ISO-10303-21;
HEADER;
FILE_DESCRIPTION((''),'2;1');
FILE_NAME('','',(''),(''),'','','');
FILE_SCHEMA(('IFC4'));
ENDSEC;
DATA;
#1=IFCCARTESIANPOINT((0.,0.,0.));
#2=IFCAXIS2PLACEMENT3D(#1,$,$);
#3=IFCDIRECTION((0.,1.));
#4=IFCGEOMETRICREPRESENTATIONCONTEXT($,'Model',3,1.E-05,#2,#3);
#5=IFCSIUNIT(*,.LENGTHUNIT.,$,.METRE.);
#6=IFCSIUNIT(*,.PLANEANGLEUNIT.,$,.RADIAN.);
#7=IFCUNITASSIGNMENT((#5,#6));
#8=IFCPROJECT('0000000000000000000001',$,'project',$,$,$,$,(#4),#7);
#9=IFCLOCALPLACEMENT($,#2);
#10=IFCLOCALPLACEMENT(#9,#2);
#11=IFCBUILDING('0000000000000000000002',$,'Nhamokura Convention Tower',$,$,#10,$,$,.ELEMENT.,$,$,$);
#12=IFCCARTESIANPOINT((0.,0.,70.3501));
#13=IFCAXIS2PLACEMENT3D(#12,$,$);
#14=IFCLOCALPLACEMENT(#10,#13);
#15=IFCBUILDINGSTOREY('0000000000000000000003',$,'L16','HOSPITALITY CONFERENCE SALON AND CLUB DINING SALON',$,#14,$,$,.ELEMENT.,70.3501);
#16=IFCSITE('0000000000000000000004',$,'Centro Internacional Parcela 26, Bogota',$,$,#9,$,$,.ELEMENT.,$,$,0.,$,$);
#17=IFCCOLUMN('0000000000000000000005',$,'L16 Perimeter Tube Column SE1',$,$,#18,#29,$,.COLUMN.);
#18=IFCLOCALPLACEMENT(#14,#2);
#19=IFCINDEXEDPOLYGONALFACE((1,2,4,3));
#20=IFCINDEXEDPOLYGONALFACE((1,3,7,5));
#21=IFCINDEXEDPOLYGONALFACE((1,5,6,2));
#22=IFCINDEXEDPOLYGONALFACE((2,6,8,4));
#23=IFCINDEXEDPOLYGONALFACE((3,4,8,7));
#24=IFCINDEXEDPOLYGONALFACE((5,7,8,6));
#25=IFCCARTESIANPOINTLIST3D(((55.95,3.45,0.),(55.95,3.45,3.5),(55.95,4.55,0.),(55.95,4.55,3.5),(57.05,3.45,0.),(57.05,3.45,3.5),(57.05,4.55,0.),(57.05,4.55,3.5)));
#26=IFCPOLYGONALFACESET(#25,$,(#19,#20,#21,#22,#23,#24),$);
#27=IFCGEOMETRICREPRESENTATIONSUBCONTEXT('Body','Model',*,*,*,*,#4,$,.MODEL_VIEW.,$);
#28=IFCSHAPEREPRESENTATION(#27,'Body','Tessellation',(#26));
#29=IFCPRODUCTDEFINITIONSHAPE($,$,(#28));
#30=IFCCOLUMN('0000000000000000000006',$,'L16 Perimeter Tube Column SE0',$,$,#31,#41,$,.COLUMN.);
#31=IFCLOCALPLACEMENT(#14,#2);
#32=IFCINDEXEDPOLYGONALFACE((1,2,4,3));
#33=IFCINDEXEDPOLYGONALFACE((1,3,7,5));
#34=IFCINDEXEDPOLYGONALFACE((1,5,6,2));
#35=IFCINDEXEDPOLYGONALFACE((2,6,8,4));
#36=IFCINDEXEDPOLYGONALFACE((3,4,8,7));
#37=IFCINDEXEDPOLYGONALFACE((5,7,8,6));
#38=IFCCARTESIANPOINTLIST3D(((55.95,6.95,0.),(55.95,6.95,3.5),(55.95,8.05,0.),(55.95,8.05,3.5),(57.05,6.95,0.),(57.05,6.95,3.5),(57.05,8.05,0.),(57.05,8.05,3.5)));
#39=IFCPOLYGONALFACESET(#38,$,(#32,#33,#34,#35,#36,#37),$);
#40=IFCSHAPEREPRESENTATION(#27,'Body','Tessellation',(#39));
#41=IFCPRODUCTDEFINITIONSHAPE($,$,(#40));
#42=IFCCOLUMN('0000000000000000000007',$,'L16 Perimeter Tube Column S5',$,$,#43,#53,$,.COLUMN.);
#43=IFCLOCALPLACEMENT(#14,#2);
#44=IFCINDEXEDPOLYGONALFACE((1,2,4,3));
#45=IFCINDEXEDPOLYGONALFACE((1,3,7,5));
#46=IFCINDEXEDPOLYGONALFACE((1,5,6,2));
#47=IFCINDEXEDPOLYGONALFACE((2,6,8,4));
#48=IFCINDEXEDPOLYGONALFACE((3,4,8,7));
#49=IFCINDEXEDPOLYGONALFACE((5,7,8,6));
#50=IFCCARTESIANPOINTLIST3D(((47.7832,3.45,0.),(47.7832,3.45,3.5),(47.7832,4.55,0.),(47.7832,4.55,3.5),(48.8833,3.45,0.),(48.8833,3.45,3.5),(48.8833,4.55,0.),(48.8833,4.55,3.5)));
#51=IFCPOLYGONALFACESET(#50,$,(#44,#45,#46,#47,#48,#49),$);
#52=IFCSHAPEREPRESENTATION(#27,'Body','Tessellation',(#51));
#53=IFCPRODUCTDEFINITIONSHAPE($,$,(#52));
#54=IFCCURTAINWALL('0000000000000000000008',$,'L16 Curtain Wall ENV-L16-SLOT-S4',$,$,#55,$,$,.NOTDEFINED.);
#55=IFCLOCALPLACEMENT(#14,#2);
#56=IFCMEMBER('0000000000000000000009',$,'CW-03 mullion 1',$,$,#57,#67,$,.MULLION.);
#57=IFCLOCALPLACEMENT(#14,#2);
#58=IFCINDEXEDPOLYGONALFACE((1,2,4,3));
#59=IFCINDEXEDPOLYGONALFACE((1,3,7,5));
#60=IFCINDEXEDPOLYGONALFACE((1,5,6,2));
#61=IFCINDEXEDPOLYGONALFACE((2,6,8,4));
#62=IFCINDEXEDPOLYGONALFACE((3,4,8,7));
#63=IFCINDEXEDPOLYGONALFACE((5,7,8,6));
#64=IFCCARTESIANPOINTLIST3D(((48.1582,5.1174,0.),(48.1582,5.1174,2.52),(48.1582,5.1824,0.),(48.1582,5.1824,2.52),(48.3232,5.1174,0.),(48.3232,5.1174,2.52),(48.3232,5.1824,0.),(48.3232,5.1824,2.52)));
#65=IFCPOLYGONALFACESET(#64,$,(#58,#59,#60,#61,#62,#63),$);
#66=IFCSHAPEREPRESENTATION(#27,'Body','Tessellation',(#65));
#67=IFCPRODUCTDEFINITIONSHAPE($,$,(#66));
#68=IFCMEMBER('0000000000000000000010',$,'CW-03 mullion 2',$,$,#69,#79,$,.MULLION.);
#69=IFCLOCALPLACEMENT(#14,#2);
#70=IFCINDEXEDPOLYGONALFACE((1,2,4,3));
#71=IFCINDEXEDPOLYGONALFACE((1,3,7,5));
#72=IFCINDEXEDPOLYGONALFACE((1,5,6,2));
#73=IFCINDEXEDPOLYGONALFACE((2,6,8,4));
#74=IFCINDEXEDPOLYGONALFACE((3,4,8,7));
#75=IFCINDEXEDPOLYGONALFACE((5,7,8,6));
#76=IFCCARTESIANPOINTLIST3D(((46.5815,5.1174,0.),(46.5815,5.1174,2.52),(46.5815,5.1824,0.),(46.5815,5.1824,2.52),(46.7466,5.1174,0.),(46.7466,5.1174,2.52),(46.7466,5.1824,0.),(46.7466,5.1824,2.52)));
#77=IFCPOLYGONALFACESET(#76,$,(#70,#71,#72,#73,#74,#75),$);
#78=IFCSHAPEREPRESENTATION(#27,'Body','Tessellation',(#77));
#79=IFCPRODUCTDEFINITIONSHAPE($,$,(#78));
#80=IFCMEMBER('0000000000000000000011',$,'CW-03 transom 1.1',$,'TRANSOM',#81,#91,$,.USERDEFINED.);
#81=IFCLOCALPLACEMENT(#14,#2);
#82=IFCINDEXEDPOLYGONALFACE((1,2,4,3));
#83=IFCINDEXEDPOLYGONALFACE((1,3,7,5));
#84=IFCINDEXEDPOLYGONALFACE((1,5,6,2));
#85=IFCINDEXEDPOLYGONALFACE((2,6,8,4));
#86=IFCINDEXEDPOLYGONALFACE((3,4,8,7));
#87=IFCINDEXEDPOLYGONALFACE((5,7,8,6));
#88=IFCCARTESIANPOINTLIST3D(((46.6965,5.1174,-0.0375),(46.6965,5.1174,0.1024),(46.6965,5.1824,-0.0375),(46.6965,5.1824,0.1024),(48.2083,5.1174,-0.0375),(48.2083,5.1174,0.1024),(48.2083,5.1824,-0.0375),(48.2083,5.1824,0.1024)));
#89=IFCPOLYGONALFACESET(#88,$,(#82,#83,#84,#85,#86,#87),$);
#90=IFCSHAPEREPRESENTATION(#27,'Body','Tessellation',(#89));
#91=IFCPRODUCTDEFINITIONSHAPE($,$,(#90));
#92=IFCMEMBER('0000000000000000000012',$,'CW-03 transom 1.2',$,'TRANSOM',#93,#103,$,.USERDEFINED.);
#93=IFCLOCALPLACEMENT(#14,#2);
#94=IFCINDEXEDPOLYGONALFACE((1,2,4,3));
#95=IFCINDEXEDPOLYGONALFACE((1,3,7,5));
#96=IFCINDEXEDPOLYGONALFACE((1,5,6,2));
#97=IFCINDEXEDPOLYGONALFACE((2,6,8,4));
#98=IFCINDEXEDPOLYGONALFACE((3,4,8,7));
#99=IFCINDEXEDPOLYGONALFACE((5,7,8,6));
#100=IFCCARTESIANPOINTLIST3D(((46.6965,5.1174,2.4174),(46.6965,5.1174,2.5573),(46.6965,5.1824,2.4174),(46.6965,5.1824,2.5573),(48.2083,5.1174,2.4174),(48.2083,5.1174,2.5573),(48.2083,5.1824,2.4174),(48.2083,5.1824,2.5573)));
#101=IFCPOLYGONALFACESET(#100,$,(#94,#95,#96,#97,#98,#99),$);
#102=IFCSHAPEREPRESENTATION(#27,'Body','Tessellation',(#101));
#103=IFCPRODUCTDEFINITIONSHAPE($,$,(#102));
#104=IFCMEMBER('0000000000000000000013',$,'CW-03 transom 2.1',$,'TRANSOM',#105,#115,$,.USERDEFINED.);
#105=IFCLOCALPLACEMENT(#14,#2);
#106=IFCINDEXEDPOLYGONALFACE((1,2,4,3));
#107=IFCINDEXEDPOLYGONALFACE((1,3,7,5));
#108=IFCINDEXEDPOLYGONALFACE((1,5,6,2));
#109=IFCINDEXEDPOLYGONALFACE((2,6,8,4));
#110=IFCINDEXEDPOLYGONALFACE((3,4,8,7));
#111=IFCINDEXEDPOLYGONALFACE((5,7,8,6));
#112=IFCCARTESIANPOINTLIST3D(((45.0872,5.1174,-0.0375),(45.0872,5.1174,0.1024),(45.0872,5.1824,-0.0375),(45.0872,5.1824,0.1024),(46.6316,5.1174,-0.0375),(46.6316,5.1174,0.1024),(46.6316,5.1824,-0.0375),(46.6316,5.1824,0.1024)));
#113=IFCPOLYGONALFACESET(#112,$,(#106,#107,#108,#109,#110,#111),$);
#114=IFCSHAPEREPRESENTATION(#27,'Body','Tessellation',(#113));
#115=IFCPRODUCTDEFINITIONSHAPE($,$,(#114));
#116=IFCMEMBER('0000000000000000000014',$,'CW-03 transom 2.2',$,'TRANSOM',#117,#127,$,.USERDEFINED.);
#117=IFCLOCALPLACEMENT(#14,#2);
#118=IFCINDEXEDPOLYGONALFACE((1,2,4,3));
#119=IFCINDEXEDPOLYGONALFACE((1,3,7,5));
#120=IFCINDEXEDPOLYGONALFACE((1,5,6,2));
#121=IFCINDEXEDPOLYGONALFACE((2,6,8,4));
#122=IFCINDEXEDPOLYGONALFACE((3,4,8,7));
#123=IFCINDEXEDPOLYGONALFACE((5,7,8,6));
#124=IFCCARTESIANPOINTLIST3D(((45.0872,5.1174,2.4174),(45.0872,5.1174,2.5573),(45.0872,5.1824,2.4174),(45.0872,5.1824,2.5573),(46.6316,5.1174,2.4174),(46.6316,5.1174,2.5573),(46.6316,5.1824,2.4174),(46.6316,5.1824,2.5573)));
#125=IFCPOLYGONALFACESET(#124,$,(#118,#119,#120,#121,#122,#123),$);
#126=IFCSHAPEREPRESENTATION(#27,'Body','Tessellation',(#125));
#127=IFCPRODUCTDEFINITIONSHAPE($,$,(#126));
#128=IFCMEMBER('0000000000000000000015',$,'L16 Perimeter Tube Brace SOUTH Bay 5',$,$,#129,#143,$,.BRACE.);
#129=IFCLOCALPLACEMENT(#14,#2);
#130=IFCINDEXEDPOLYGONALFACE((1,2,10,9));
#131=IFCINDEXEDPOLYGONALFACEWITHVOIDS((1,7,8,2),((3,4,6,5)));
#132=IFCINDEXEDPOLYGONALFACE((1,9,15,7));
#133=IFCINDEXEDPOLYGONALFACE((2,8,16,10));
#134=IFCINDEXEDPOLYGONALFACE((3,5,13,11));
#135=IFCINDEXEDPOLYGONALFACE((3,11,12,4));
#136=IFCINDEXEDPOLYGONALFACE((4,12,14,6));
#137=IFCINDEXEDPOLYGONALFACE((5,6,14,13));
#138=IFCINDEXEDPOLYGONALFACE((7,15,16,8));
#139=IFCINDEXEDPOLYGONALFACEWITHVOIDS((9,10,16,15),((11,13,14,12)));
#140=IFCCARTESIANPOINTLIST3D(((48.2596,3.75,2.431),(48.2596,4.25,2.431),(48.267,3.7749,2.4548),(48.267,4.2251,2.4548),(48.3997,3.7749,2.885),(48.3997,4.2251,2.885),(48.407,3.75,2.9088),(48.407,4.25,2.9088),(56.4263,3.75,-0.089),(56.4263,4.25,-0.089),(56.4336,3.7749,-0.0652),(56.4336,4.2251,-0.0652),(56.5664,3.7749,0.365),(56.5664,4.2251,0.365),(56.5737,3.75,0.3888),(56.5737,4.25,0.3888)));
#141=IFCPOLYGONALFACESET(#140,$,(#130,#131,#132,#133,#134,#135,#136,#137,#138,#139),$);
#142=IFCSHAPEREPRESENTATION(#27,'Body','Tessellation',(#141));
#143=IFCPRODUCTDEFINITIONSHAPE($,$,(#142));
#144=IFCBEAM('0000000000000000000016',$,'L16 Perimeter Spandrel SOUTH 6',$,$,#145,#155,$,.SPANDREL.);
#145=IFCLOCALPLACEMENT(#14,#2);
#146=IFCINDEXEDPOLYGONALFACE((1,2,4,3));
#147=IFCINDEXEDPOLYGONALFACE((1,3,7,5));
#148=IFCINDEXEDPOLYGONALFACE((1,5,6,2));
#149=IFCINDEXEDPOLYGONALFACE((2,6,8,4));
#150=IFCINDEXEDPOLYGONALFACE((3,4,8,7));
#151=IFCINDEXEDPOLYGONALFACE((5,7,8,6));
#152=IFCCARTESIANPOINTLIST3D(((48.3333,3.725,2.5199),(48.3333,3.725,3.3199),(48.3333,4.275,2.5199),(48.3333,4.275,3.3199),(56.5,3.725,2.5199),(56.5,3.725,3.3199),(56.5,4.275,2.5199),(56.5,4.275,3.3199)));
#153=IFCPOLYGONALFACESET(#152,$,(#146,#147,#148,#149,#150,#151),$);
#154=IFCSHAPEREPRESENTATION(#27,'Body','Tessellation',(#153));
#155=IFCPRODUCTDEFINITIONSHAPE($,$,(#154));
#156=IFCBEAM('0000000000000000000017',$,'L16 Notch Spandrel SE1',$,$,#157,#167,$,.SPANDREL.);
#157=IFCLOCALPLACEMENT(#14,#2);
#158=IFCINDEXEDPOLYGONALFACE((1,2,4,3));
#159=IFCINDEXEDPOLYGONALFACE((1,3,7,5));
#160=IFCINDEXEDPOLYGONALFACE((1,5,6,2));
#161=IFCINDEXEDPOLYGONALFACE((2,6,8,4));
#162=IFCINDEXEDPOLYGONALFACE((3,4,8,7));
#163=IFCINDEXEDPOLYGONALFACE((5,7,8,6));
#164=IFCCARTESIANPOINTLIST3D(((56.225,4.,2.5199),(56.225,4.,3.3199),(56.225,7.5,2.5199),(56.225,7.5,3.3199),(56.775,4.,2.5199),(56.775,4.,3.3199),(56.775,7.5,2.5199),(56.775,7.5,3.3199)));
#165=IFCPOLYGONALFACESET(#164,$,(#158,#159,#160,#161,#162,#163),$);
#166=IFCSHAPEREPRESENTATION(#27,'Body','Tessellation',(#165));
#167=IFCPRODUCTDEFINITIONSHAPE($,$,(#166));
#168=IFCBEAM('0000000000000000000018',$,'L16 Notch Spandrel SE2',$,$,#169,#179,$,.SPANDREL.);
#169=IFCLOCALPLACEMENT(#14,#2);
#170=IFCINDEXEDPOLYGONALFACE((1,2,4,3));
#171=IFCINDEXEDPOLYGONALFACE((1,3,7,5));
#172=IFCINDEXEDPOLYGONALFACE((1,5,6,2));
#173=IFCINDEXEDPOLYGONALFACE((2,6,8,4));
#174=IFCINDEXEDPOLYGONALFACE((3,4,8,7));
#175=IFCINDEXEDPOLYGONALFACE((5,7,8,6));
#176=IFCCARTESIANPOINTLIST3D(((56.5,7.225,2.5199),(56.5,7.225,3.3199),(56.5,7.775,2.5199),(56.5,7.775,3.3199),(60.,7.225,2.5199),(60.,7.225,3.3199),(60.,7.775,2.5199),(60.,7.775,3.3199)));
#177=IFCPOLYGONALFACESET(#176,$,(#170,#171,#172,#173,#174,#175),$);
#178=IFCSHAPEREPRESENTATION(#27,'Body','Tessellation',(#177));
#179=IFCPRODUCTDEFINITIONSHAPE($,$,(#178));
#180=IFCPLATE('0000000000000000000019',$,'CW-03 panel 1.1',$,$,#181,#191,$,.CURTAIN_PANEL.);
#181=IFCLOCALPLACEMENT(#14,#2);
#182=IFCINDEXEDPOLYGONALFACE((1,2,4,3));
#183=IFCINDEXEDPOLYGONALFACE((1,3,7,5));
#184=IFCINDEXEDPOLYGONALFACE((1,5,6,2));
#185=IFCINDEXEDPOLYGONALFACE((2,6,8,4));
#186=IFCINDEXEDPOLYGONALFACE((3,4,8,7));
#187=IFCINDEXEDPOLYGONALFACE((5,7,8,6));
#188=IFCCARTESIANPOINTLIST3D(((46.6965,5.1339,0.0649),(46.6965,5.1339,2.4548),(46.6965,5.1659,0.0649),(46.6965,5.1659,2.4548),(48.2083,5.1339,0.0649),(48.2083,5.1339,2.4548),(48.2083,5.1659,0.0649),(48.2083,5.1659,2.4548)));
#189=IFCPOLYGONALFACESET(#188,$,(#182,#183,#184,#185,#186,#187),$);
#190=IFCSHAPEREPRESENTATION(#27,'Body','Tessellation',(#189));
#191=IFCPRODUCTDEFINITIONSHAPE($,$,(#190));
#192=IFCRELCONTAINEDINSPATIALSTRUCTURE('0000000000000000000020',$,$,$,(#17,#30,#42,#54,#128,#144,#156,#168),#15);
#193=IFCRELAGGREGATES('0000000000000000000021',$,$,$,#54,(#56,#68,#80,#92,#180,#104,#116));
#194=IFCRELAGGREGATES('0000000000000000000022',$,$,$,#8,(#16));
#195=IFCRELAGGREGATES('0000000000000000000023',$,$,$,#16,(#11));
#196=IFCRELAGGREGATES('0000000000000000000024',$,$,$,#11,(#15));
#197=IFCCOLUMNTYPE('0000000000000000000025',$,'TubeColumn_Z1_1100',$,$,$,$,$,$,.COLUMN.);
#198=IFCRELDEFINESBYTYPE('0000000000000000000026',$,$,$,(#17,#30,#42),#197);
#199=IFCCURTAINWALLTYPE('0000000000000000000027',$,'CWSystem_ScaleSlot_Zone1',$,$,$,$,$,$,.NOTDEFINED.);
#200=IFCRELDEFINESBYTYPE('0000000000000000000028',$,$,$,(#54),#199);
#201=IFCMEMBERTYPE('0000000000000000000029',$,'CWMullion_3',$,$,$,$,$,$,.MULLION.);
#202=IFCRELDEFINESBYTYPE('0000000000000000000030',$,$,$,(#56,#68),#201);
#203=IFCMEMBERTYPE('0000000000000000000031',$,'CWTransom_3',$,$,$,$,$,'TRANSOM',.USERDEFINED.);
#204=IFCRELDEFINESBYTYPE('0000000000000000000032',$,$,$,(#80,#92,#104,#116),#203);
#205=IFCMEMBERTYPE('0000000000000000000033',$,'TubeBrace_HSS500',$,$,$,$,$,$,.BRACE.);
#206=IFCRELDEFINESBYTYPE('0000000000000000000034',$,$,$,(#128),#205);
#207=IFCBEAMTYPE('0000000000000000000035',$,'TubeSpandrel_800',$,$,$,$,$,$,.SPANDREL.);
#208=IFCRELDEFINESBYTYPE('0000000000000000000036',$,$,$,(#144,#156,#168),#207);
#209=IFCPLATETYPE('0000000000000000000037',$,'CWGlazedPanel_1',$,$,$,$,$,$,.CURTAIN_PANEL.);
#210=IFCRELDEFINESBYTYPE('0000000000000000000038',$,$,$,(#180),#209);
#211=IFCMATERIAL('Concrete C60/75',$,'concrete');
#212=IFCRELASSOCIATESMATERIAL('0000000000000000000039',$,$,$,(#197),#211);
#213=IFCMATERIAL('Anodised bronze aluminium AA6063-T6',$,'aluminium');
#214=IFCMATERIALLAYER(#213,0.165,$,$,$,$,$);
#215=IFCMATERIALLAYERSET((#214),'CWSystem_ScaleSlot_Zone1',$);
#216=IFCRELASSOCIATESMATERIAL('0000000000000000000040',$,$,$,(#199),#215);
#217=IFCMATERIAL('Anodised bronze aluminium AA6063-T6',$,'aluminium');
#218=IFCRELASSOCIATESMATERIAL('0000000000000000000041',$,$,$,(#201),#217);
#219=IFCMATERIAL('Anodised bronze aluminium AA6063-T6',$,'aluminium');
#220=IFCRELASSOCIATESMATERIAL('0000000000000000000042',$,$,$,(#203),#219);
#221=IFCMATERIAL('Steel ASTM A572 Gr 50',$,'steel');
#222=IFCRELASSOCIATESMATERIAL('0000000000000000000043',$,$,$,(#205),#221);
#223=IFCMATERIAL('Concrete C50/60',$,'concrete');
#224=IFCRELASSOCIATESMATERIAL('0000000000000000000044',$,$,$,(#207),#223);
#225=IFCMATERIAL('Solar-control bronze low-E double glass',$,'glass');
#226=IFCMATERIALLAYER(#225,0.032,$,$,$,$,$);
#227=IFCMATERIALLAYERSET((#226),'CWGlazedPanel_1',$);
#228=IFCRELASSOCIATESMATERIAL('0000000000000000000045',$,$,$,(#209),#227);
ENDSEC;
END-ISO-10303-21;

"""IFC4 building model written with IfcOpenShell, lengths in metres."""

from ifc_helpers import new_model, si_unit, direction, frame, origin, origin_2d, place, context, subcontext, project, spatial, rectangle, hollow_rectangle, extrude, material, layer, layer_set, material_profile, profile_set, type_object, element, aggregate, save


model = new_model("IFC4")

# Units and contexts
model_context = context("Model", 3, precision=1e-05, world=origin(), true_north=direction((0.0, 1.0)))
body_context = subcontext(model_context, "Body", "Model", "MODEL_VIEW")
ifc_project = project(units=[si_unit("LENGTHUNIT", "METRE"), si_unit("PLANEANGLEUNIT", "RADIAN")], contexts=[model_context])

# Site, building, storey
site_placement = place(None, origin())
site = spatial("IfcSite", under=ifc_project, at=site_placement, Name="Centro Internacional Parcela 26, Bogota", CompositionType="ELEMENT", RefElevation=0.0)
building_placement = place(site_placement, origin())
building = spatial("IfcBuilding", under=site, at=building_placement, Name="Nhamokura Convention Tower", CompositionType="ELEMENT")
storey_placement = place(building_placement, frame((0.0, 0.0, 70.3501)))
storey = spatial("IfcBuildingStorey", under=building, at=storey_placement, Name="L16", Description="HOSPITALITY CONFERENCE SALON AND CLUB DINING SALON", CompositionType="ELEMENT", Elevation=70.3501)

# Columns
ifc_material_1 = material(Name="Concrete C60/75", Category="concrete")
ifc_material_profile_1 = material_profile(ifc_material_1, rectangle(XDim=1.1001, YDim=1.1001, at=origin_2d()))
ifc_profile_set_1 = profile_set([ifc_material_profile_1], Name="Concrete C60/75")
column_type = type_object("IfcColumnType", Name="TubeColumn_Z1_1100", PredefinedType="COLUMN", material=ifc_profile_set_1)
for number, where, z_axis, x_axis, name in (
    (1, (56.5, 4.0, 0.0), (0.0, 0.0, 1.0), (1.0, 0.0, 0.0), "L16 Perimeter Tube Column SE1"),
    (2, (56.5, 7.5, 0.0), (0.0, 0.0, 1.0), (1.0, 0.0, 0.0), "L16 Perimeter Tube Column SE0"),
    (3, (48.3333, 4.0, 0.0), (0.0, 0.0, 1.0), (1.0, 0.0, 0.0), "L16 Perimeter Tube Column S5"),
):
    element("IfcColumn", number, at=place(storey_placement, frame(where, z_axis=z_axis, x_axis=x_axis)), inside=storey, type_object=column_type, Name=name, PredefinedType="COLUMN", context=body_context, shape_type="SweptSolid", body=[
        extrude(rectangle(XDim=1.1001, YDim=1.1001, at=origin_2d()), origin(), (0.0, 0.0, 1.0), 3.5),
    ])

# Curtain wall, members
ifc_material_2 = material(Name="Anodised bronze aluminium AA6063-T6", Category="aluminium")
ifc_layer_1 = layer(ifc_material_2, 0.165)
ifc_layer_set_1 = layer_set([ifc_layer_1], Name="CWSystem_ScaleSlot_Zone1")
curtain_wall_type = type_object("IfcCurtainWallType", Name="CWSystem_ScaleSlot_Zone1", PredefinedType="NOTDEFINED", material=ifc_layer_set_1)
curtain_wall_placement = place(storey_placement, origin())
curtain_wall = element("IfcCurtainWall", 4, at=curtain_wall_placement, inside=storey, type_object=curtain_wall_type, Name="L16 Curtain Wall ENV-L16-SLOT-S4", PredefinedType="NOTDEFINED")
ifc_material_3 = material(Name="Anodised bronze aluminium AA6063-T6", Category="aluminium")
ifc_material_profile_2 = material_profile(ifc_material_3, rectangle(XDim=0.0649, YDim=0.165, at=origin_2d()))
ifc_profile_set_2 = profile_set([ifc_material_profile_2], Name="Anodised bronze aluminium AA6063-T6")
member_type_1 = type_object("IfcMemberType", Name="CWMullion_3", PredefinedType="MULLION", material=ifc_profile_set_2)
member_1_placement = place(storey_placement, frame((48.2407, 5.1499, 0.0), z_axis=(0.0, 0.0, 1.0), x_axis=(0.0, -1.0, 0.0)))
member_1 = element("IfcMember", 5, at=member_1_placement, type_object=member_type_1, Name="CW-03 mullion 1", PredefinedType="MULLION", context=body_context, shape_type="SweptSolid", body=[
    extrude(rectangle(XDim=0.0649, YDim=0.165, at=origin_2d()), origin(), (0.0, 0.0, 1.0), 2.52),
])
member_2_placement = place(storey_placement, frame((46.6641, 5.1499, 0.0), z_axis=(0.0, 0.0, 1.0), x_axis=(0.0, -1.0, 0.0)))
member_2 = element("IfcMember", 6, at=member_2_placement, type_object=member_type_1, Name="CW-03 mullion 2", PredefinedType="MULLION", context=body_context, shape_type="SweptSolid", body=[
    extrude(rectangle(XDim=0.0649, YDim=0.165, at=origin_2d()), origin(), (0.0, 0.0, 1.0), 2.52),
])
ifc_material_4 = material(Name="Anodised bronze aluminium AA6063-T6", Category="aluminium")
ifc_material_profile_3 = material_profile(ifc_material_4, rectangle(XDim=0.0649, YDim=0.1399, at=origin_2d()))
ifc_profile_set_3 = profile_set([ifc_material_profile_3], Name="Anodised bronze aluminium AA6063-T6")
member_type_2 = type_object("IfcMemberType", Name="CWTransom_3", ElementType="TRANSOM", PredefinedType="USERDEFINED", material=ifc_profile_set_3)
member_3_placement = place(storey_placement, frame((48.2083, 5.1499, 0.0325), z_axis=(-1.0, 0.0, 0.0), x_axis=(0.0, -1.0, 0.0)))
member_3 = element("IfcMember", 7, at=member_3_placement, type_object=member_type_2, Name="CW-03 transom 1.1", ObjectType="TRANSOM", PredefinedType="USERDEFINED", context=body_context, shape_type="SweptSolid", body=[
    extrude(rectangle(XDim=0.0649, YDim=0.1399, at=origin_2d()), origin(), (0.0, 0.0, 1.0), 1.5117),
])
member_4_placement = place(storey_placement, frame((48.2083, 5.1499, 2.4873), z_axis=(-1.0, 0.0, 0.0), x_axis=(0.0, -1.0, 0.0)))
member_4 = element("IfcMember", 8, at=member_4_placement, type_object=member_type_2, Name="CW-03 transom 1.2", ObjectType="TRANSOM", PredefinedType="USERDEFINED", context=body_context, shape_type="SweptSolid", body=[
    extrude(rectangle(XDim=0.0649, YDim=0.1399, at=origin_2d()), origin(), (0.0, 0.0, 1.0), 1.5117),
])
member_5_placement = place(storey_placement, frame((46.6316, 5.1499, 0.0325), z_axis=(-1.0, 0.0, 0.0), x_axis=(0.0, -1.0, 0.0)))
member_5 = element("IfcMember", 9, at=member_5_placement, type_object=member_type_2, Name="CW-03 transom 2.1", ObjectType="TRANSOM", PredefinedType="USERDEFINED", context=body_context, shape_type="SweptSolid", body=[
    extrude(rectangle(XDim=0.0649, YDim=0.1399, at=origin_2d()), origin(), (0.0, 0.0, 1.0), 1.5444),
])
member_6_placement = place(storey_placement, frame((46.6316, 5.1499, 2.4873), z_axis=(-1.0, 0.0, 0.0), x_axis=(0.0, -1.0, 0.0)))
member_6 = element("IfcMember", 10, at=member_6_placement, type_object=member_type_2, Name="CW-03 transom 2.2", ObjectType="TRANSOM", PredefinedType="USERDEFINED", context=body_context, shape_type="SweptSolid", body=[
    extrude(rectangle(XDim=0.0649, YDim=0.1399, at=origin_2d()), origin(), (0.0, 0.0, 1.0), 1.5444),
])

# Member
ifc_material_5 = material(Name="Steel ASTM A572 Gr 50", Category="steel")
ifc_material_profile_4 = material_profile(ifc_material_5, hollow_rectangle(XDim=0.5, YDim=0.5, WallThickness=0.0249, at=origin_2d()))
ifc_profile_set_4 = profile_set([ifc_material_profile_4], Name="Steel ASTM A572 Gr 50")
member_type_3 = type_object("IfcMemberType", Name="TubeBrace_HSS500", PredefinedType="BRACE", material=ifc_profile_set_4)
member_7_placement = place(storey_placement, frame((56.5, 4.0, 0.1499), z_axis=(-0.955543, 0.0, 0.294853), x_axis=(0.0, -1.0, 0.0)))
element("IfcMember", 11, at=member_7_placement, inside=storey, type_object=member_type_3, Name="L16 Perimeter Tube Brace SOUTH Bay 5", PredefinedType="BRACE", context=body_context, shape_type="SweptSolid", body=[
    extrude(hollow_rectangle(XDim=0.5, YDim=0.5, WallThickness=0.0249, at=origin_2d()), origin(), (0.0, 0.0, 1.0), 8.5466),
])

# Beams
ifc_material_6 = material(Name="Concrete C50/60", Category="concrete")
ifc_material_profile_5 = material_profile(ifc_material_6, rectangle(XDim=0.55, YDim=0.8, at=origin_2d()))
ifc_profile_set_5 = profile_set([ifc_material_profile_5], Name="Concrete C50/60")
beam_type = type_object("IfcBeamType", Name="TubeSpandrel_800", PredefinedType="SPANDREL", material=ifc_profile_set_5)
beam_placement = place(storey_placement, frame((48.3333, 4.0, 2.9199), z_axis=(1.0, 0.0, 0.0), x_axis=(0.0, 1.0, 0.0)))
element("IfcBeam", 12, at=beam_placement, inside=storey, type_object=beam_type, Name="L16 Perimeter Spandrel SOUTH 6", PredefinedType="SPANDREL", context=body_context, shape_type="SweptSolid", body=[
    extrude(rectangle(XDim=0.55, YDim=0.8, at=origin_2d()), origin(), (0.0, 0.0, 1.0), 8.1667),
])
for number, where, z_axis, x_axis, name in (
    (13, (56.5, 4.0, 2.9199), (0.0, 1.0, 0.0), (-1.0, 0.0, 0.0), "L16 Notch Spandrel SE1"),
    (14, (56.5, 7.5, 2.9199), (1.0, 0.0, 0.0), (0.0, 1.0, 0.0), "L16 Notch Spandrel SE2"),
):
    element("IfcBeam", number, at=place(storey_placement, frame(where, z_axis=z_axis, x_axis=x_axis)), inside=storey, type_object=beam_type, Name=name, PredefinedType="SPANDREL", context=body_context, shape_type="SweptSolid", body=[
        extrude(rectangle(XDim=0.55, YDim=0.8, at=origin_2d()), origin(), (0.0, 0.0, 1.0), 3.5),
    ])

# Plate
ifc_material_7 = material(Name="Solar-control bronze low-E double glass", Category="glass")
ifc_layer_2 = layer(ifc_material_7, 0.032)
ifc_layer_set_2 = layer_set([ifc_layer_2], Name="CWGlazedPanel_1")
plate_type = type_object("IfcPlateType", Name="CWGlazedPanel_1", PredefinedType="CURTAIN_PANEL", material=ifc_layer_set_2)
plate_placement = place(storey_placement, frame((47.4524, 5.1499, 0.0649), z_axis=(0.0, 0.0, 1.0), x_axis=(-1.0, 0.0, 0.0)))
plate = element("IfcPlate", 15, at=plate_placement, type_object=plate_type, Name="CW-03 panel 1.1", PredefinedType="CURTAIN_PANEL", context=body_context, shape_type="SweptSolid", body=[
    extrude(rectangle(XDim=1.5117, YDim=0.032, at=origin_2d()), origin(), (0.0, 0.0, 1.0), 2.3899),
])
aggregate(curtain_wall, [member_1, member_2, member_3, member_4, plate, member_5, member_6])

save(model, "model.ifc")
